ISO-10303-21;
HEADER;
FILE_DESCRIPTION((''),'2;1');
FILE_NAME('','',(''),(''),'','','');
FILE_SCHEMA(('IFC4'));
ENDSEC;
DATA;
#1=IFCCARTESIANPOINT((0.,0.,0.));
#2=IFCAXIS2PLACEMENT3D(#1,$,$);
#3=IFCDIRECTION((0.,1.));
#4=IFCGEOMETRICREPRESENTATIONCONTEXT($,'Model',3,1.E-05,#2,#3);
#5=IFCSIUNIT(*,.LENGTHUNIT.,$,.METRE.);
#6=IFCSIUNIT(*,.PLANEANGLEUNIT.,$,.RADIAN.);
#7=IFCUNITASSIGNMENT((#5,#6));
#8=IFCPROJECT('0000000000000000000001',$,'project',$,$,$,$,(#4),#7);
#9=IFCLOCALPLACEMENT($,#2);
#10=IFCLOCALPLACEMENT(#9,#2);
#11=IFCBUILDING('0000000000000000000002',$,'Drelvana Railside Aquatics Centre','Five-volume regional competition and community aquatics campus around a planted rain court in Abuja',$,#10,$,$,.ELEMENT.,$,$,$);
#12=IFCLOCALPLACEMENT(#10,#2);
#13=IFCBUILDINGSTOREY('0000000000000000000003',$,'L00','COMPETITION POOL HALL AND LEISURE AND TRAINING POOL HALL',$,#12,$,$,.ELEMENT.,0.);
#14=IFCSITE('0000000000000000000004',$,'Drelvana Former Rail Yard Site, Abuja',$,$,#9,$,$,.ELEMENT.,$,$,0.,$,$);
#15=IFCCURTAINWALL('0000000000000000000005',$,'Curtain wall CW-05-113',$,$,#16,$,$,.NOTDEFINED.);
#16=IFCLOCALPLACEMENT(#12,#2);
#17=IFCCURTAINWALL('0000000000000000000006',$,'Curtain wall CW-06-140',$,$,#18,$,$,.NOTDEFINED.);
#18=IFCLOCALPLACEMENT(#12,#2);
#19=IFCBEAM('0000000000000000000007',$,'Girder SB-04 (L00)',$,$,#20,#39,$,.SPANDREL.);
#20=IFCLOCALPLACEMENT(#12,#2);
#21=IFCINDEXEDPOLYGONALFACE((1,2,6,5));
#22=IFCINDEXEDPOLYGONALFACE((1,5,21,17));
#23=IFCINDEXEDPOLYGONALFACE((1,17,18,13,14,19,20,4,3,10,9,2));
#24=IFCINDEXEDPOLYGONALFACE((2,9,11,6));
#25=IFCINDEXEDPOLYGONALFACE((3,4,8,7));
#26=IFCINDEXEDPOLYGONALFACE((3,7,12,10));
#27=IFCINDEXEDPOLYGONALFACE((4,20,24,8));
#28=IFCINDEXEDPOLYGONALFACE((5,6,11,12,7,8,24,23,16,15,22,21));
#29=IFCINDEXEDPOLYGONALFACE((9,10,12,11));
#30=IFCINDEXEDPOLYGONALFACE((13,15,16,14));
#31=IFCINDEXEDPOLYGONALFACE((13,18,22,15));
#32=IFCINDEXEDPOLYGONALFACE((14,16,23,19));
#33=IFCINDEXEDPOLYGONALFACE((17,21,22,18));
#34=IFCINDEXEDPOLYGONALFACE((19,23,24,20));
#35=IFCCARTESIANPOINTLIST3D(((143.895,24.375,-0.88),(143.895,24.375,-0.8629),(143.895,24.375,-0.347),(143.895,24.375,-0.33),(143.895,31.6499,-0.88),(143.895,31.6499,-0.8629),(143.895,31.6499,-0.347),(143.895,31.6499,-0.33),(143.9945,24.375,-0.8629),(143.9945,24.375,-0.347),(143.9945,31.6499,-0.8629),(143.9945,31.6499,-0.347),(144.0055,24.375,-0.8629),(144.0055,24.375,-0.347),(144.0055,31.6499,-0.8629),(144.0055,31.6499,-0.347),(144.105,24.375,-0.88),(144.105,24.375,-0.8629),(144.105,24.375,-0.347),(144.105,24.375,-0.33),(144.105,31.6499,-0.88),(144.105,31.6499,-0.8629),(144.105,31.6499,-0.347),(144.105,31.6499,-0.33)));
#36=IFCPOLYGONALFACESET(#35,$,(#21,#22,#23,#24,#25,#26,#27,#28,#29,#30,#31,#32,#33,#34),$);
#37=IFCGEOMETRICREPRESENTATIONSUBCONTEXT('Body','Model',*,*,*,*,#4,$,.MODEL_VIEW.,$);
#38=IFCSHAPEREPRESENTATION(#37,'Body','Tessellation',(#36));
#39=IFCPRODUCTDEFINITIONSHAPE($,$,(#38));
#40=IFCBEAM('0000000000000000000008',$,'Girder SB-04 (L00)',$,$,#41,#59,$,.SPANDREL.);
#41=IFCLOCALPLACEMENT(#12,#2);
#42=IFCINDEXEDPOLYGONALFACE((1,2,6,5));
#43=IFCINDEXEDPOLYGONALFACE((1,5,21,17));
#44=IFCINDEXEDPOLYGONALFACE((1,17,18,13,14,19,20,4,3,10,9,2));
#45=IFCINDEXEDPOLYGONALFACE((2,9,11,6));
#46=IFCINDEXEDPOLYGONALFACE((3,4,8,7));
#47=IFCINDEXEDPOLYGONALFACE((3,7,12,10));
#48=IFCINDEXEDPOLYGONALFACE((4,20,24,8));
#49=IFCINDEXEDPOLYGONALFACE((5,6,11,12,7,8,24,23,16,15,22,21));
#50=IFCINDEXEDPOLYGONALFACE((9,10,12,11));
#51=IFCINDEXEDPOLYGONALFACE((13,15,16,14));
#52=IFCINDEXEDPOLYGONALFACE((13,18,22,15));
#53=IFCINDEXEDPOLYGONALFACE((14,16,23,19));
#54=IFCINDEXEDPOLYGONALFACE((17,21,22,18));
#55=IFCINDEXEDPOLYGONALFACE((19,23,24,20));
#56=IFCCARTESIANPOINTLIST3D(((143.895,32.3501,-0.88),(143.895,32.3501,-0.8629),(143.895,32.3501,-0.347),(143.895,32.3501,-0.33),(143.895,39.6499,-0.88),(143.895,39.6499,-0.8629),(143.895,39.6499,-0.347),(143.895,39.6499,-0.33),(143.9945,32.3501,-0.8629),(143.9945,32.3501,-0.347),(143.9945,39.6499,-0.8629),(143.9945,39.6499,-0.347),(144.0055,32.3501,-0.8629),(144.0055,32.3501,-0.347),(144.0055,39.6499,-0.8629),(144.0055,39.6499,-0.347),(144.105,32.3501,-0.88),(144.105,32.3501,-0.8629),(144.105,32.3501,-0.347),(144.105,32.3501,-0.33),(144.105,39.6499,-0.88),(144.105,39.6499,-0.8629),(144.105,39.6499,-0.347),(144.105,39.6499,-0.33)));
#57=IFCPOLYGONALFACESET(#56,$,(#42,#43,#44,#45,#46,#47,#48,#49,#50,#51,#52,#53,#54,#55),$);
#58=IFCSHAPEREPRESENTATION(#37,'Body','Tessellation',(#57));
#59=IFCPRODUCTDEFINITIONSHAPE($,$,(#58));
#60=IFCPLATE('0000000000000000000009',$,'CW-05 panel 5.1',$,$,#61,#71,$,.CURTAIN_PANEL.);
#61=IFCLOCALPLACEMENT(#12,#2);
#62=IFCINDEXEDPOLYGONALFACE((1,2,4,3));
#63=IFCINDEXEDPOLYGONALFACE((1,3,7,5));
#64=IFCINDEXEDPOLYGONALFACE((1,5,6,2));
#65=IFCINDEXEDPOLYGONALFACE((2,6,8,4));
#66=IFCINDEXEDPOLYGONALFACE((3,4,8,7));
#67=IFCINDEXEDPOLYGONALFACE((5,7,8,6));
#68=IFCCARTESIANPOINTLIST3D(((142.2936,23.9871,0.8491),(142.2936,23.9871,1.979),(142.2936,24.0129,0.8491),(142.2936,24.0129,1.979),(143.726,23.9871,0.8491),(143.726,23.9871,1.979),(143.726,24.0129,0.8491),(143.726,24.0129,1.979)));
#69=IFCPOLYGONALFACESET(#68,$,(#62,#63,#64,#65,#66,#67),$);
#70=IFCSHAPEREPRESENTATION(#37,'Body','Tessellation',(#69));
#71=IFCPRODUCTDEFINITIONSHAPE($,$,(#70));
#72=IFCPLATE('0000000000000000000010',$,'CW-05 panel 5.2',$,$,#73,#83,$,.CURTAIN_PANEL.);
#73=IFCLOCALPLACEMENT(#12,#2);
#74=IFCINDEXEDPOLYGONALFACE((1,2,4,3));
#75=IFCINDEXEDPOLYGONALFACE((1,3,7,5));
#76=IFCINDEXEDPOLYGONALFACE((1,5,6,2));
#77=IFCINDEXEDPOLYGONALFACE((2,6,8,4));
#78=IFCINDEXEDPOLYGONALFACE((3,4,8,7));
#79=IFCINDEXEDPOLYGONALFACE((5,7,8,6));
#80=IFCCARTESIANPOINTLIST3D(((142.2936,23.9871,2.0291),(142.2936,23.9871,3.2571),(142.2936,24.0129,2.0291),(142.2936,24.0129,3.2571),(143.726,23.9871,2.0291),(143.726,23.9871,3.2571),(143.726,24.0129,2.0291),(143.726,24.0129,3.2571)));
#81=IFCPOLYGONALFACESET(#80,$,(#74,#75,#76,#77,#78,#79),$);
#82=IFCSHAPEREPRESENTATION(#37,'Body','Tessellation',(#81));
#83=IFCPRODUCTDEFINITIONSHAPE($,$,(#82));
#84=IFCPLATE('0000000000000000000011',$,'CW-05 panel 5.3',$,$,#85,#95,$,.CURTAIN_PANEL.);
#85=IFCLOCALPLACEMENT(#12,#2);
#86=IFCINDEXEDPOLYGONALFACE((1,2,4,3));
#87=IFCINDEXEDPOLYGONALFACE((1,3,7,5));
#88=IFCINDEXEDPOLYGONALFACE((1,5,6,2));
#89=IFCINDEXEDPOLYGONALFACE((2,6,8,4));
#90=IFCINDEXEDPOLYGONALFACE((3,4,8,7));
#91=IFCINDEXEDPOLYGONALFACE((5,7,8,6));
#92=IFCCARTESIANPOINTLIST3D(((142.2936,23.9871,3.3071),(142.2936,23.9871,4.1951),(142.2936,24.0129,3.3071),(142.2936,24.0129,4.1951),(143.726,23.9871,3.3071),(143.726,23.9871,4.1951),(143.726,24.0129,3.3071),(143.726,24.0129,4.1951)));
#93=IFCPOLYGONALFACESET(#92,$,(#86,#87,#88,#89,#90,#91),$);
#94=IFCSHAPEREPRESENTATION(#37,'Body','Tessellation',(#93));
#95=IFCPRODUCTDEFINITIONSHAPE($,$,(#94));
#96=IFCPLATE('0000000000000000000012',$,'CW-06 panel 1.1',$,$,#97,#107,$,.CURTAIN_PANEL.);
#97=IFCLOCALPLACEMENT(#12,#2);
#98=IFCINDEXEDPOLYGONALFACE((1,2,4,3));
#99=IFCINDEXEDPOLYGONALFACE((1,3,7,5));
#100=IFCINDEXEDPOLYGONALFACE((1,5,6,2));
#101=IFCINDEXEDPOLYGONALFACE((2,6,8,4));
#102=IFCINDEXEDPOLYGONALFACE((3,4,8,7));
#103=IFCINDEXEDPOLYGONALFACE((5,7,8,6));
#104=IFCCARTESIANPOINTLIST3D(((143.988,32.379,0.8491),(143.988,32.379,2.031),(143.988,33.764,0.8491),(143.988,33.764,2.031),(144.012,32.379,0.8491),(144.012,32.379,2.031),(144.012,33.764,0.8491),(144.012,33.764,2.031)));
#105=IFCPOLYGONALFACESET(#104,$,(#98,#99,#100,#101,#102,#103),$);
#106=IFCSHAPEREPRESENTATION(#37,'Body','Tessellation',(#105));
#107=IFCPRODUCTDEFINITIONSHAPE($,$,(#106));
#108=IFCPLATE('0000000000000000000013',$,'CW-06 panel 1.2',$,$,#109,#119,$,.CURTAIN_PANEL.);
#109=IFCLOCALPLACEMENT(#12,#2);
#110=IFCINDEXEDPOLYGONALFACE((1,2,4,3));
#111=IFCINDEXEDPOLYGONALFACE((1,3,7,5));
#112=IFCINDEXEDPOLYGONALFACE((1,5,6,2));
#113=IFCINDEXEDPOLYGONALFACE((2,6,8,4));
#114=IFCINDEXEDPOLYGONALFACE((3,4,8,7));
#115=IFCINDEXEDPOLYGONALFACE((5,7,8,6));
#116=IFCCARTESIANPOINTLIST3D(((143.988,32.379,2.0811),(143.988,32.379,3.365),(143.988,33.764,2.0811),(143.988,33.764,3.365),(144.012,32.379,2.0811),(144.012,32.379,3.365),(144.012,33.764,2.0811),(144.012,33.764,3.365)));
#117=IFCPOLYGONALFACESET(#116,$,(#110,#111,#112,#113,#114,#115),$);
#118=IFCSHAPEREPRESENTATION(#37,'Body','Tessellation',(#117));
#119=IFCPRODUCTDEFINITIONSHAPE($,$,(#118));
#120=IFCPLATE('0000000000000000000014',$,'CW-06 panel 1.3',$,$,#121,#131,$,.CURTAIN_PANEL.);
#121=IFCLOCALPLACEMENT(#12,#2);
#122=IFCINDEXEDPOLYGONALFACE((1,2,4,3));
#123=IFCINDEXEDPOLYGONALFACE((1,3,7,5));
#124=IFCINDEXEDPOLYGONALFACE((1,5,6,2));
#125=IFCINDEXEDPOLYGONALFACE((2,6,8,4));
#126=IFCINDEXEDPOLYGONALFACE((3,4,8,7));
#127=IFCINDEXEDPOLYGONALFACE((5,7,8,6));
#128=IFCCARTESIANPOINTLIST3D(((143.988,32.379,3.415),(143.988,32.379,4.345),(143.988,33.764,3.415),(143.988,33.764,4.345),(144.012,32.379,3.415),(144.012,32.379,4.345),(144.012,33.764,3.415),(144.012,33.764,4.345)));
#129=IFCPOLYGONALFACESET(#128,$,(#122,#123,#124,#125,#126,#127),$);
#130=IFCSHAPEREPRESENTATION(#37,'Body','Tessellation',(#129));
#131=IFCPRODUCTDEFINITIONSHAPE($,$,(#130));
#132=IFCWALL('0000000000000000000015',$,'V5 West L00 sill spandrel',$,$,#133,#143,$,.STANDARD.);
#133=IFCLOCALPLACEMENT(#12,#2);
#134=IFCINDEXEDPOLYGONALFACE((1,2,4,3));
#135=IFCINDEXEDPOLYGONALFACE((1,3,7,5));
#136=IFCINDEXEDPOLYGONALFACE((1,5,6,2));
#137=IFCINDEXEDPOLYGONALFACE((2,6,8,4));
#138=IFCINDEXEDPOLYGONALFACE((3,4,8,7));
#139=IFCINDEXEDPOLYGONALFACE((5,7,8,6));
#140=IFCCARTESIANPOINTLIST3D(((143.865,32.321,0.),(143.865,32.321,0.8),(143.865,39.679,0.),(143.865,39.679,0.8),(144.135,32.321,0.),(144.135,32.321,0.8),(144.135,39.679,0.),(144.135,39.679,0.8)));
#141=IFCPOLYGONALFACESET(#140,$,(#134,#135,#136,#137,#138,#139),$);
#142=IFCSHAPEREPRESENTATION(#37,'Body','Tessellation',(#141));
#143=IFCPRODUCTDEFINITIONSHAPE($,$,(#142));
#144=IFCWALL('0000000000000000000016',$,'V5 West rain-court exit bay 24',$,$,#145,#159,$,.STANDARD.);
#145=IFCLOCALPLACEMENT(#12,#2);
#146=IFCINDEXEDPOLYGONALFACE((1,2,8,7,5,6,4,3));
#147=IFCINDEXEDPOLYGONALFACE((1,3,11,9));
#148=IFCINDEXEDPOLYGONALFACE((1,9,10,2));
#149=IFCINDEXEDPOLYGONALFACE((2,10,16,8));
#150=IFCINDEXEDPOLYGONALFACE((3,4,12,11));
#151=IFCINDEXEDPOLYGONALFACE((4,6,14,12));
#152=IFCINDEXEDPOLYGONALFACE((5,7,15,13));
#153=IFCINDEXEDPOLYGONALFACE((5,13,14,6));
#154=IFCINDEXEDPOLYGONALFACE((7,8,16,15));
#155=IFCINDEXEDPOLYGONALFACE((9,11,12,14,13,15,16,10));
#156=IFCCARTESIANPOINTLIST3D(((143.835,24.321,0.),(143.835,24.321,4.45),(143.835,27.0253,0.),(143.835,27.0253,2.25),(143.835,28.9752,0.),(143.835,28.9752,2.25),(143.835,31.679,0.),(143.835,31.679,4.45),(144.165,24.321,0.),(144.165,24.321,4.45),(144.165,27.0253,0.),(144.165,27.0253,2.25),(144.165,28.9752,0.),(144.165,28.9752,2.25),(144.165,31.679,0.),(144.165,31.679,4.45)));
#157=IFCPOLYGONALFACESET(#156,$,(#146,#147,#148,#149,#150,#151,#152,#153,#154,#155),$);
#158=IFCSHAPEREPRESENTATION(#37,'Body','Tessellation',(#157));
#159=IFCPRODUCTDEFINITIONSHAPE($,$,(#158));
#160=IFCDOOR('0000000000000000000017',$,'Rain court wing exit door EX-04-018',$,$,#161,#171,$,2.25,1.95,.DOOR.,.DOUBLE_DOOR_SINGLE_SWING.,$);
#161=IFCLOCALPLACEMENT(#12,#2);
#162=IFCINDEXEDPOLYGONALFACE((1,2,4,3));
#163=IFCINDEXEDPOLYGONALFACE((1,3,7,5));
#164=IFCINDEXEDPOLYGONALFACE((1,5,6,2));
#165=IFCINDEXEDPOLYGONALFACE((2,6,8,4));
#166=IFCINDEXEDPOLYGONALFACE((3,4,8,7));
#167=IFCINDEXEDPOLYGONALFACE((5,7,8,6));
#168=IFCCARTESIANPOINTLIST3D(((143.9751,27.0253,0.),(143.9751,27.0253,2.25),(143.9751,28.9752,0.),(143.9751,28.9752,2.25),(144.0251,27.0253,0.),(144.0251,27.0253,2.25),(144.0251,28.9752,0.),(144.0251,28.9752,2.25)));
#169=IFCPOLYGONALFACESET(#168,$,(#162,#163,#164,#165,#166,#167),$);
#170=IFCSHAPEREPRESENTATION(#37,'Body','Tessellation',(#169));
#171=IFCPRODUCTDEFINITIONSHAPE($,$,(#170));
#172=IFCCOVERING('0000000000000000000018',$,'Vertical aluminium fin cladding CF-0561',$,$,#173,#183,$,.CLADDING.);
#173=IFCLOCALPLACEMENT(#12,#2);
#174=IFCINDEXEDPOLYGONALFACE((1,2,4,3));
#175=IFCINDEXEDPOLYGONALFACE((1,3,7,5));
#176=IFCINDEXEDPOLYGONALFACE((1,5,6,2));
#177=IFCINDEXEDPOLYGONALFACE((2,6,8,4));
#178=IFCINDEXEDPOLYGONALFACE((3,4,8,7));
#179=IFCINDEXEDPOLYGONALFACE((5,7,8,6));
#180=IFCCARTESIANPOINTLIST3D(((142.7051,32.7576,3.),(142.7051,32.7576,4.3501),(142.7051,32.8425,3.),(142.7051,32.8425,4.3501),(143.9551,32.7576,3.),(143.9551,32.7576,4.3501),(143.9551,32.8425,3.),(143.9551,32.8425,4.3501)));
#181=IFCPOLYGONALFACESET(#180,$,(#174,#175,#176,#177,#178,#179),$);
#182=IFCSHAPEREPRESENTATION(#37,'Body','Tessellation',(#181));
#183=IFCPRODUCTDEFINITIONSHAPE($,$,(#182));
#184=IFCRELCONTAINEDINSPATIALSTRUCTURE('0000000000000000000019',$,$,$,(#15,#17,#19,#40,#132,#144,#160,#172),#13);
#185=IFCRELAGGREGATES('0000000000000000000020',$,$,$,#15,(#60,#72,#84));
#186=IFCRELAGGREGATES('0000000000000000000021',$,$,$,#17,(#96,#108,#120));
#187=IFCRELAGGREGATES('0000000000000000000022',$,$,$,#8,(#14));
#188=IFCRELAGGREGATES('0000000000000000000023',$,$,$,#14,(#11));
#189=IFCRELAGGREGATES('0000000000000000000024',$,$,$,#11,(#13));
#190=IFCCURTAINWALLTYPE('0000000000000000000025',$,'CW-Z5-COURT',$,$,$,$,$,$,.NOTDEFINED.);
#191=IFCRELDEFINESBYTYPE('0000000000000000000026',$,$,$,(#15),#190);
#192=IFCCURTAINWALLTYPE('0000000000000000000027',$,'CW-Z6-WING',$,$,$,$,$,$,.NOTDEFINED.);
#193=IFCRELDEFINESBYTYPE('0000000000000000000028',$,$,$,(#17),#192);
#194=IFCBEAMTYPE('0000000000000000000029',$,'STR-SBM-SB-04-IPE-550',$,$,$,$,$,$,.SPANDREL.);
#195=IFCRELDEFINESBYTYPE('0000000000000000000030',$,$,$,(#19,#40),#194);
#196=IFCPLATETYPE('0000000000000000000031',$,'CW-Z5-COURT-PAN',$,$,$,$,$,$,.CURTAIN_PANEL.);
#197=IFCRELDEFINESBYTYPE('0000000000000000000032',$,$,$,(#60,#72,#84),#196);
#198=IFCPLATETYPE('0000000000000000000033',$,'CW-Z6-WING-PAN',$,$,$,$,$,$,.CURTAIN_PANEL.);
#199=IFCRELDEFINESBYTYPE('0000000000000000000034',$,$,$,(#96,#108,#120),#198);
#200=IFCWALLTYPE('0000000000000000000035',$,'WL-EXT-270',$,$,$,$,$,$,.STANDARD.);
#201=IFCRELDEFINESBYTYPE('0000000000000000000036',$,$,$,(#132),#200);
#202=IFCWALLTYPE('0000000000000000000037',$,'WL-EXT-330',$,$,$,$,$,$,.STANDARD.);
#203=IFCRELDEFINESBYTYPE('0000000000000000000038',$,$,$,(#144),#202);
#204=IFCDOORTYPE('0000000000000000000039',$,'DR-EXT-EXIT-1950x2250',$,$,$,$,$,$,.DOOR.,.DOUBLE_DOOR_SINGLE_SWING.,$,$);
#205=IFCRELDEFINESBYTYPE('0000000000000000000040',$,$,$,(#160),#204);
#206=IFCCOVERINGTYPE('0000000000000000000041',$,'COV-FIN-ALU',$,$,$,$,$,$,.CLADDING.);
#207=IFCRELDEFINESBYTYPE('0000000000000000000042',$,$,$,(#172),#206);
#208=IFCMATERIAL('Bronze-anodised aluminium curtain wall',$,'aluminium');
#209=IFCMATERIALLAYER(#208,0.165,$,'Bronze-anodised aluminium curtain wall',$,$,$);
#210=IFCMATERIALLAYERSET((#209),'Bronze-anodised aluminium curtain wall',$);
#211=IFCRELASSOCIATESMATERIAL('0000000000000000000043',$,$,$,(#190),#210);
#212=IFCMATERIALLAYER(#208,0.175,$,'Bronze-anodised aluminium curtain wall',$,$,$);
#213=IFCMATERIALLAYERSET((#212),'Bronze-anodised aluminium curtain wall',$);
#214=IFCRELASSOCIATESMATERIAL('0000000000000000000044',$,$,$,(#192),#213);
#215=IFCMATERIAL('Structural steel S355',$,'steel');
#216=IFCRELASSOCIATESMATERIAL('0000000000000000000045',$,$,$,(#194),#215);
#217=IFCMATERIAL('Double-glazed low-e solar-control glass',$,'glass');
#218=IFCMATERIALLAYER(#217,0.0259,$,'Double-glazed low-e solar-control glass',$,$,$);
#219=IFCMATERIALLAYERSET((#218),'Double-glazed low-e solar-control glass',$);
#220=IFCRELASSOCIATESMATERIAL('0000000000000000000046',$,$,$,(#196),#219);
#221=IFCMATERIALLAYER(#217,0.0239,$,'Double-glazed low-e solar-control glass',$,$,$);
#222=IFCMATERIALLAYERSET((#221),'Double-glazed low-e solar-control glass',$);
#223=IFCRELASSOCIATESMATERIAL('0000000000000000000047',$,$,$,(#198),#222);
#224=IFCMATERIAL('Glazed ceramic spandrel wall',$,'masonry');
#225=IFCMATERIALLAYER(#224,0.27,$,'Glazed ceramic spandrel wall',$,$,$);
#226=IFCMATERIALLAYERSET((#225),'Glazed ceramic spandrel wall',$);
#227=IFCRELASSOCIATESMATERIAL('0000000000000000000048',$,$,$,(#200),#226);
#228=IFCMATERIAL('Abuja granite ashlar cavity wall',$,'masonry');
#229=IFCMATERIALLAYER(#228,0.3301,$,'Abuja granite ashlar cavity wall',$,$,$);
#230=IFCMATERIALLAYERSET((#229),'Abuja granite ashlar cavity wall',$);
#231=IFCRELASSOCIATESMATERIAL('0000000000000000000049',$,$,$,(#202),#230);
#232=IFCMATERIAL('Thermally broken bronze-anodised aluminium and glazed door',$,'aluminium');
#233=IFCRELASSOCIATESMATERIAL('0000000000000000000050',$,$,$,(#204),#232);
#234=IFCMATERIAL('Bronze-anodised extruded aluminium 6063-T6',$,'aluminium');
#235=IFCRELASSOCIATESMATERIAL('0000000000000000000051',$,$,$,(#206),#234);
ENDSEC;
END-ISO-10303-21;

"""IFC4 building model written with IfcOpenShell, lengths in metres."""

from ifc_helpers import new_model, si_unit, direction, frame, frame_2d, origin, origin_2d, place, context, subcontext, project, spatial, rectangle, i_section, extrude, material, layer, layer_set, material_profile, profile_set, type_object, element, fill, aggregate, save


model = new_model("IFC4")

# Units and contexts
model_context = context("Model", 3, precision=1e-05, world=origin(), true_north=direction((0.0, 1.0)))
body_context = subcontext(model_context, "Body", "Model", "MODEL_VIEW")
ifc_project = project(units=[si_unit("LENGTHUNIT", "METRE"), si_unit("PLANEANGLEUNIT", "RADIAN")], contexts=[model_context])

# Site, building, storey
site_placement = place(None, origin())
site = spatial("IfcSite", under=ifc_project, at=site_placement, Name="Drelvana Former Rail Yard Site, Abuja", CompositionType="ELEMENT", RefElevation=0.0)
building_placement = place(site_placement, origin())
building = spatial("IfcBuilding", under=site, at=building_placement, Name="Drelvana Railside Aquatics Centre", Description="Five-volume regional competition and community aquatics campus around a planted rain court in Abuja", CompositionType="ELEMENT")
storey_placement = place(building_placement, origin())
storey = spatial("IfcBuildingStorey", under=building, at=storey_placement, Name="L00", Description="COMPETITION POOL HALL AND LEISURE AND TRAINING POOL HALL", CompositionType="ELEMENT", Elevation=0.0)

# Curtain walls
ifc_material_1 = material(Name="Bronze-anodised aluminium curtain wall", Category="aluminium")
ifc_layer_1 = layer(ifc_material_1, 0.165, Name="Bronze-anodised aluminium curtain wall")
ifc_layer_set_1 = layer_set([ifc_layer_1], Name="Bronze-anodised aluminium curtain wall")
curtain_wall_type_1 = type_object("IfcCurtainWallType", Name="CW-Z5-COURT", PredefinedType="NOTDEFINED", material=ifc_layer_set_1)
curtain_wall_1_placement = place(storey_placement, origin())
curtain_wall_1 = element("IfcCurtainWall", 1, at=curtain_wall_1_placement, inside=storey, type_object=curtain_wall_type_1, Name="Curtain wall CW-05-113", PredefinedType="NOTDEFINED")
ifc_layer_2 = layer(ifc_material_1, 0.175, Name="Bronze-anodised aluminium curtain wall")
ifc_layer_set_2 = layer_set([ifc_layer_2], Name="Bronze-anodised aluminium curtain wall")
curtain_wall_type_2 = type_object("IfcCurtainWallType", Name="CW-Z6-WING", PredefinedType="NOTDEFINED", material=ifc_layer_set_2)
curtain_wall_2_placement = place(storey_placement, origin())
curtain_wall_2 = element("IfcCurtainWall", 2, at=curtain_wall_2_placement, inside=storey, type_object=curtain_wall_type_2, Name="Curtain wall CW-06-140", PredefinedType="NOTDEFINED")

# Beams
ifc_material_2 = material(Name="Structural steel S355", Category="steel")
ifc_material_profile_1 = material_profile(ifc_material_2, i_section(OverallWidth=0.21, OverallDepth=0.55, WebThickness=0.011, FlangeThickness=0.0171, at=origin_2d()), Name="IPE 550")
ifc_profile_set_1 = profile_set([ifc_material_profile_1], Name="Structural steel S355")
beam_type = type_object("IfcBeamType", Name="STR-SBM-SB-04-IPE-550", PredefinedType="SPANDREL", material=ifc_profile_set_1)
beam_1_placement = place(storey_placement, frame((144.0, 24.375, -0.605), z_axis=(0.0, 1.0, 0.0), x_axis=(-1.0, 0.0, 0.0)))
element("IfcBeam", 3, at=beam_1_placement, inside=storey, type_object=beam_type, Name="Girder SB-04 (L00)", PredefinedType="SPANDREL", context=body_context, shape_type="SweptSolid", body=[
    extrude(i_section(OverallWidth=0.21, OverallDepth=0.55, WebThickness=0.011, FlangeThickness=0.0171, at=origin_2d()), origin(), (0.0, 0.0, 1.0), 7.2749),
])
beam_2_placement = place(storey_placement, frame((144.0, 32.3501, -0.605), z_axis=(0.0, 1.0, 0.0), x_axis=(-1.0, 0.0, 0.0)))
element("IfcBeam", 4, at=beam_2_placement, inside=storey, type_object=beam_type, Name="Girder SB-04 (L00)", PredefinedType="SPANDREL", context=body_context, shape_type="SweptSolid", body=[
    extrude(i_section(OverallWidth=0.21, OverallDepth=0.55, WebThickness=0.011, FlangeThickness=0.0171, at=origin_2d()), origin(), (0.0, 0.0, 1.0), 7.2998),
])

# Plates
ifc_material_3 = material(Name="Double-glazed low-e solar-control glass", Category="glass")
ifc_layer_3 = layer(ifc_material_3, 0.0259, Name="Double-glazed low-e solar-control glass")
ifc_layer_set_3 = layer_set([ifc_layer_3], Name="Double-glazed low-e solar-control glass")
plate_type_1 = type_object("IfcPlateType", Name="CW-Z5-COURT-PAN", PredefinedType="CURTAIN_PANEL", material=ifc_layer_set_3)
plate_1_placement = place(storey_placement, frame((143.0098, 24.0, 0.8491), z_axis=(0.0, 0.0, 1.0), x_axis=(1.0, 0.0, 0.0)))
plate_1 = element("IfcPlate", 5, at=plate_1_placement, type_object=plate_type_1, Name="CW-05 panel 5.1", PredefinedType="CURTAIN_PANEL", context=body_context, shape_type="SweptSolid", body=[
    extrude(rectangle(XDim=1.4324, YDim=0.0259, at=origin_2d()), origin(), (0.0, 0.0, 1.0), 1.1299),
])
plate_2_placement = place(storey_placement, frame((143.0098, 24.0, 2.0291), z_axis=(0.0, 0.0, 1.0), x_axis=(1.0, 0.0, 0.0)))
plate_2 = element("IfcPlate", 6, at=plate_2_placement, type_object=plate_type_1, Name="CW-05 panel 5.2", PredefinedType="CURTAIN_PANEL", context=body_context, shape_type="SweptSolid", body=[
    extrude(rectangle(XDim=1.4324, YDim=0.0259, at=origin_2d()), origin(), (0.0, 0.0, 1.0), 1.228),
])
plate_3_placement = place(storey_placement, frame((143.0098, 24.0, 3.3071), z_axis=(0.0, 0.0, 1.0), x_axis=(1.0, 0.0, 0.0)))
plate_3 = element("IfcPlate", 7, at=plate_3_placement, type_object=plate_type_1, Name="CW-05 panel 5.3", PredefinedType="CURTAIN_PANEL", context=body_context, shape_type="SweptSolid", body=[
    extrude(rectangle(XDim=1.4324, YDim=0.0259, at=origin_2d()), origin(), (0.0, 0.0, 1.0), 0.8879),
])
aggregate(curtain_wall_1, [plate_1, plate_2, plate_3])
ifc_layer_4 = layer(ifc_material_3, 0.0239, Name="Double-glazed low-e solar-control glass")
ifc_layer_set_4 = layer_set([ifc_layer_4], Name="Double-glazed low-e solar-control glass")
plate_type_2 = type_object("IfcPlateType", Name="CW-Z6-WING-PAN", PredefinedType="CURTAIN_PANEL", material=ifc_layer_set_4)
plate_4_placement = place(storey_placement, frame((144.0, 33.0715, 0.8491), z_axis=(0.0, 0.0, 1.0), x_axis=(0.0, 1.0, 0.0)))
plate_4 = element("IfcPlate", 8, at=plate_4_placement, type_object=plate_type_2, Name="CW-06 panel 1.1", PredefinedType="CURTAIN_PANEL", context=body_context, shape_type="SweptSolid", body=[
    extrude(rectangle(XDim=1.385, YDim=0.0239, at=origin_2d()), origin(), (0.0, 0.0, 1.0), 1.1819),
])
plate_5_placement = place(storey_placement, frame((144.0, 33.0715, 2.0811), z_axis=(0.0, 0.0, 1.0), x_axis=(0.0, 1.0, 0.0)))
plate_5 = element("IfcPlate", 9, at=plate_5_placement, type_object=plate_type_2, Name="CW-06 panel 1.2", PredefinedType="CURTAIN_PANEL", context=body_context, shape_type="SweptSolid", body=[
    extrude(rectangle(XDim=1.385, YDim=0.0239, at=origin_2d()), origin(), (0.0, 0.0, 1.0), 1.2839),
])
plate_6_placement = place(storey_placement, frame((144.0, 33.0715, 3.415), z_axis=(0.0, 0.0, 1.0), x_axis=(0.0, 1.0, 0.0)))
plate_6 = element("IfcPlate", 10, at=plate_6_placement, type_object=plate_type_2, Name="CW-06 panel 1.3", PredefinedType="CURTAIN_PANEL", context=body_context, shape_type="SweptSolid", body=[
    extrude(rectangle(XDim=1.385, YDim=0.0239, at=origin_2d()), origin(), (0.0, 0.0, 1.0), 0.9299),
])
aggregate(curtain_wall_2, [plate_4, plate_5, plate_6])

# Wall
ifc_material_4 = material(Name="Glazed ceramic spandrel wall", Category="masonry")
ifc_layer_5 = layer(ifc_material_4, 0.27, Name="Glazed ceramic spandrel wall")
ifc_layer_set_5 = layer_set([ifc_layer_5], Name="Glazed ceramic spandrel wall")
wall_type_1 = type_object("IfcWallType", Name="WL-EXT-270", PredefinedType="STANDARD", material=ifc_layer_set_5)
wall_1_placement = place(storey_placement, frame((144.0, 32.321, 0.0), z_axis=(0.0, 0.0, 1.0), x_axis=(0.0, 1.0, 0.0)))
element("IfcWall", 11, at=wall_1_placement, inside=storey, type_object=wall_type_1, Name="V5 West L00 sill spandrel", PredefinedType="STANDARD", context=body_context, shape_type="SweptSolid", body=[
    extrude(rectangle(XDim=7.3579, YDim=0.27, at=frame_2d((3.679, 0.0))), origin(), (0.0, 0.0, 1.0), 0.8),
])

# Wall, opening, door
ifc_material_5 = material(Name="Abuja granite ashlar cavity wall", Category="masonry")
ifc_layer_6 = layer(ifc_material_5, 0.3301, Name="Abuja granite ashlar cavity wall")
ifc_layer_set_6 = layer_set([ifc_layer_6], Name="Abuja granite ashlar cavity wall")
wall_type_2 = type_object("IfcWallType", Name="WL-EXT-330", PredefinedType="STANDARD", material=ifc_layer_set_6)
wall_2_placement = place(storey_placement, frame((144.0, 24.321, 0.0), z_axis=(0.0, 0.0, 1.0), x_axis=(0.0, 1.0, 0.0)))
wall_2 = element("IfcWall", 12, at=wall_2_placement, inside=storey, type_object=wall_type_2, Name="V5 West rain-court exit bay 24", PredefinedType="STANDARD", context=body_context, shape_type="SweptSolid", body=[
    extrude(rectangle(XDim=7.3579, YDim=0.3301, at=frame_2d((3.679, 0.0))), origin(), (0.0, 0.0, 1.0), 4.45),
])
opening_placement = place(wall_2_placement, frame((2.7041, 0.0, 0.0)))
opening = element("IfcOpeningElement", 13, at=opening_placement, cuts=wall_2, PredefinedType="OPENING", context=body_context, shape_type="SweptSolid", body=[
    extrude(rectangle(XDim=1.95, YDim=2.25, at=frame_2d((0.9751, 1.125))), frame((0.0, 0.175, 0.0), z_axis=(0.0, -1.0, 0.0), x_axis=(1.0, 0.0, 0.0)), (0.0, 0.0, 1.0), 0.3501),
])
ifc_material_6 = material(Name="Thermally broken bronze-anodised aluminium and glazed door", Category="aluminium")
door_type = type_object("IfcDoorType", Name="DR-EXT-EXIT-1950x2250", OperationType="DOUBLE_DOOR_SINGLE_SWING", PredefinedType="DOOR", material=ifc_material_6)
door_placement = place(opening_placement, origin())
door = element("IfcDoor", 14, at=door_placement, inside=storey, type_object=door_type, Name="Rain court wing exit door EX-04-018", OperationType="DOUBLE_DOOR_SINGLE_SWING", OverallHeight=2.25, OverallWidth=1.95, PredefinedType="DOOR", context=body_context, shape_type="SweptSolid", body=[
    extrude(rectangle(XDim=1.95, YDim=2.25, at=frame_2d((0.9751, 1.125))), frame((0.0, 0.0249, 0.0), z_axis=(0.0, -1.0, 0.0), x_axis=(1.0, 0.0, 0.0)), (0.0, 0.0, 1.0), 0.05),
])
fill(opening, door)

# Covering
ifc_material_7 = material(Name="Bronze-anodised extruded aluminium 6063-T6", Category="aluminium")
covering_type = type_object("IfcCoveringType", Name="COV-FIN-ALU", PredefinedType="CLADDING", material=ifc_material_7)
for number, where, z_axis, x_axis, name in (
    (15, (143.3301, 32.8, 3.0), (0.0, 0.0, 1.0), (0.0, 1.0, 0.0), "Vertical aluminium fin cladding CF-0561"),
):
    element("IfcCovering", number, at=place(storey_placement, frame(where, z_axis=z_axis, x_axis=x_axis)), inside=storey, type_object=covering_type, Name=name, PredefinedType="CLADDING", context=body_context, shape_type="SweptSolid", body=[
        extrude(rectangle(XDim=0.085, YDim=1.25, at=origin_2d()), origin(), (0.0, 0.0, 1.0), 1.3501),
    ])

save(model, "model.ifc")
